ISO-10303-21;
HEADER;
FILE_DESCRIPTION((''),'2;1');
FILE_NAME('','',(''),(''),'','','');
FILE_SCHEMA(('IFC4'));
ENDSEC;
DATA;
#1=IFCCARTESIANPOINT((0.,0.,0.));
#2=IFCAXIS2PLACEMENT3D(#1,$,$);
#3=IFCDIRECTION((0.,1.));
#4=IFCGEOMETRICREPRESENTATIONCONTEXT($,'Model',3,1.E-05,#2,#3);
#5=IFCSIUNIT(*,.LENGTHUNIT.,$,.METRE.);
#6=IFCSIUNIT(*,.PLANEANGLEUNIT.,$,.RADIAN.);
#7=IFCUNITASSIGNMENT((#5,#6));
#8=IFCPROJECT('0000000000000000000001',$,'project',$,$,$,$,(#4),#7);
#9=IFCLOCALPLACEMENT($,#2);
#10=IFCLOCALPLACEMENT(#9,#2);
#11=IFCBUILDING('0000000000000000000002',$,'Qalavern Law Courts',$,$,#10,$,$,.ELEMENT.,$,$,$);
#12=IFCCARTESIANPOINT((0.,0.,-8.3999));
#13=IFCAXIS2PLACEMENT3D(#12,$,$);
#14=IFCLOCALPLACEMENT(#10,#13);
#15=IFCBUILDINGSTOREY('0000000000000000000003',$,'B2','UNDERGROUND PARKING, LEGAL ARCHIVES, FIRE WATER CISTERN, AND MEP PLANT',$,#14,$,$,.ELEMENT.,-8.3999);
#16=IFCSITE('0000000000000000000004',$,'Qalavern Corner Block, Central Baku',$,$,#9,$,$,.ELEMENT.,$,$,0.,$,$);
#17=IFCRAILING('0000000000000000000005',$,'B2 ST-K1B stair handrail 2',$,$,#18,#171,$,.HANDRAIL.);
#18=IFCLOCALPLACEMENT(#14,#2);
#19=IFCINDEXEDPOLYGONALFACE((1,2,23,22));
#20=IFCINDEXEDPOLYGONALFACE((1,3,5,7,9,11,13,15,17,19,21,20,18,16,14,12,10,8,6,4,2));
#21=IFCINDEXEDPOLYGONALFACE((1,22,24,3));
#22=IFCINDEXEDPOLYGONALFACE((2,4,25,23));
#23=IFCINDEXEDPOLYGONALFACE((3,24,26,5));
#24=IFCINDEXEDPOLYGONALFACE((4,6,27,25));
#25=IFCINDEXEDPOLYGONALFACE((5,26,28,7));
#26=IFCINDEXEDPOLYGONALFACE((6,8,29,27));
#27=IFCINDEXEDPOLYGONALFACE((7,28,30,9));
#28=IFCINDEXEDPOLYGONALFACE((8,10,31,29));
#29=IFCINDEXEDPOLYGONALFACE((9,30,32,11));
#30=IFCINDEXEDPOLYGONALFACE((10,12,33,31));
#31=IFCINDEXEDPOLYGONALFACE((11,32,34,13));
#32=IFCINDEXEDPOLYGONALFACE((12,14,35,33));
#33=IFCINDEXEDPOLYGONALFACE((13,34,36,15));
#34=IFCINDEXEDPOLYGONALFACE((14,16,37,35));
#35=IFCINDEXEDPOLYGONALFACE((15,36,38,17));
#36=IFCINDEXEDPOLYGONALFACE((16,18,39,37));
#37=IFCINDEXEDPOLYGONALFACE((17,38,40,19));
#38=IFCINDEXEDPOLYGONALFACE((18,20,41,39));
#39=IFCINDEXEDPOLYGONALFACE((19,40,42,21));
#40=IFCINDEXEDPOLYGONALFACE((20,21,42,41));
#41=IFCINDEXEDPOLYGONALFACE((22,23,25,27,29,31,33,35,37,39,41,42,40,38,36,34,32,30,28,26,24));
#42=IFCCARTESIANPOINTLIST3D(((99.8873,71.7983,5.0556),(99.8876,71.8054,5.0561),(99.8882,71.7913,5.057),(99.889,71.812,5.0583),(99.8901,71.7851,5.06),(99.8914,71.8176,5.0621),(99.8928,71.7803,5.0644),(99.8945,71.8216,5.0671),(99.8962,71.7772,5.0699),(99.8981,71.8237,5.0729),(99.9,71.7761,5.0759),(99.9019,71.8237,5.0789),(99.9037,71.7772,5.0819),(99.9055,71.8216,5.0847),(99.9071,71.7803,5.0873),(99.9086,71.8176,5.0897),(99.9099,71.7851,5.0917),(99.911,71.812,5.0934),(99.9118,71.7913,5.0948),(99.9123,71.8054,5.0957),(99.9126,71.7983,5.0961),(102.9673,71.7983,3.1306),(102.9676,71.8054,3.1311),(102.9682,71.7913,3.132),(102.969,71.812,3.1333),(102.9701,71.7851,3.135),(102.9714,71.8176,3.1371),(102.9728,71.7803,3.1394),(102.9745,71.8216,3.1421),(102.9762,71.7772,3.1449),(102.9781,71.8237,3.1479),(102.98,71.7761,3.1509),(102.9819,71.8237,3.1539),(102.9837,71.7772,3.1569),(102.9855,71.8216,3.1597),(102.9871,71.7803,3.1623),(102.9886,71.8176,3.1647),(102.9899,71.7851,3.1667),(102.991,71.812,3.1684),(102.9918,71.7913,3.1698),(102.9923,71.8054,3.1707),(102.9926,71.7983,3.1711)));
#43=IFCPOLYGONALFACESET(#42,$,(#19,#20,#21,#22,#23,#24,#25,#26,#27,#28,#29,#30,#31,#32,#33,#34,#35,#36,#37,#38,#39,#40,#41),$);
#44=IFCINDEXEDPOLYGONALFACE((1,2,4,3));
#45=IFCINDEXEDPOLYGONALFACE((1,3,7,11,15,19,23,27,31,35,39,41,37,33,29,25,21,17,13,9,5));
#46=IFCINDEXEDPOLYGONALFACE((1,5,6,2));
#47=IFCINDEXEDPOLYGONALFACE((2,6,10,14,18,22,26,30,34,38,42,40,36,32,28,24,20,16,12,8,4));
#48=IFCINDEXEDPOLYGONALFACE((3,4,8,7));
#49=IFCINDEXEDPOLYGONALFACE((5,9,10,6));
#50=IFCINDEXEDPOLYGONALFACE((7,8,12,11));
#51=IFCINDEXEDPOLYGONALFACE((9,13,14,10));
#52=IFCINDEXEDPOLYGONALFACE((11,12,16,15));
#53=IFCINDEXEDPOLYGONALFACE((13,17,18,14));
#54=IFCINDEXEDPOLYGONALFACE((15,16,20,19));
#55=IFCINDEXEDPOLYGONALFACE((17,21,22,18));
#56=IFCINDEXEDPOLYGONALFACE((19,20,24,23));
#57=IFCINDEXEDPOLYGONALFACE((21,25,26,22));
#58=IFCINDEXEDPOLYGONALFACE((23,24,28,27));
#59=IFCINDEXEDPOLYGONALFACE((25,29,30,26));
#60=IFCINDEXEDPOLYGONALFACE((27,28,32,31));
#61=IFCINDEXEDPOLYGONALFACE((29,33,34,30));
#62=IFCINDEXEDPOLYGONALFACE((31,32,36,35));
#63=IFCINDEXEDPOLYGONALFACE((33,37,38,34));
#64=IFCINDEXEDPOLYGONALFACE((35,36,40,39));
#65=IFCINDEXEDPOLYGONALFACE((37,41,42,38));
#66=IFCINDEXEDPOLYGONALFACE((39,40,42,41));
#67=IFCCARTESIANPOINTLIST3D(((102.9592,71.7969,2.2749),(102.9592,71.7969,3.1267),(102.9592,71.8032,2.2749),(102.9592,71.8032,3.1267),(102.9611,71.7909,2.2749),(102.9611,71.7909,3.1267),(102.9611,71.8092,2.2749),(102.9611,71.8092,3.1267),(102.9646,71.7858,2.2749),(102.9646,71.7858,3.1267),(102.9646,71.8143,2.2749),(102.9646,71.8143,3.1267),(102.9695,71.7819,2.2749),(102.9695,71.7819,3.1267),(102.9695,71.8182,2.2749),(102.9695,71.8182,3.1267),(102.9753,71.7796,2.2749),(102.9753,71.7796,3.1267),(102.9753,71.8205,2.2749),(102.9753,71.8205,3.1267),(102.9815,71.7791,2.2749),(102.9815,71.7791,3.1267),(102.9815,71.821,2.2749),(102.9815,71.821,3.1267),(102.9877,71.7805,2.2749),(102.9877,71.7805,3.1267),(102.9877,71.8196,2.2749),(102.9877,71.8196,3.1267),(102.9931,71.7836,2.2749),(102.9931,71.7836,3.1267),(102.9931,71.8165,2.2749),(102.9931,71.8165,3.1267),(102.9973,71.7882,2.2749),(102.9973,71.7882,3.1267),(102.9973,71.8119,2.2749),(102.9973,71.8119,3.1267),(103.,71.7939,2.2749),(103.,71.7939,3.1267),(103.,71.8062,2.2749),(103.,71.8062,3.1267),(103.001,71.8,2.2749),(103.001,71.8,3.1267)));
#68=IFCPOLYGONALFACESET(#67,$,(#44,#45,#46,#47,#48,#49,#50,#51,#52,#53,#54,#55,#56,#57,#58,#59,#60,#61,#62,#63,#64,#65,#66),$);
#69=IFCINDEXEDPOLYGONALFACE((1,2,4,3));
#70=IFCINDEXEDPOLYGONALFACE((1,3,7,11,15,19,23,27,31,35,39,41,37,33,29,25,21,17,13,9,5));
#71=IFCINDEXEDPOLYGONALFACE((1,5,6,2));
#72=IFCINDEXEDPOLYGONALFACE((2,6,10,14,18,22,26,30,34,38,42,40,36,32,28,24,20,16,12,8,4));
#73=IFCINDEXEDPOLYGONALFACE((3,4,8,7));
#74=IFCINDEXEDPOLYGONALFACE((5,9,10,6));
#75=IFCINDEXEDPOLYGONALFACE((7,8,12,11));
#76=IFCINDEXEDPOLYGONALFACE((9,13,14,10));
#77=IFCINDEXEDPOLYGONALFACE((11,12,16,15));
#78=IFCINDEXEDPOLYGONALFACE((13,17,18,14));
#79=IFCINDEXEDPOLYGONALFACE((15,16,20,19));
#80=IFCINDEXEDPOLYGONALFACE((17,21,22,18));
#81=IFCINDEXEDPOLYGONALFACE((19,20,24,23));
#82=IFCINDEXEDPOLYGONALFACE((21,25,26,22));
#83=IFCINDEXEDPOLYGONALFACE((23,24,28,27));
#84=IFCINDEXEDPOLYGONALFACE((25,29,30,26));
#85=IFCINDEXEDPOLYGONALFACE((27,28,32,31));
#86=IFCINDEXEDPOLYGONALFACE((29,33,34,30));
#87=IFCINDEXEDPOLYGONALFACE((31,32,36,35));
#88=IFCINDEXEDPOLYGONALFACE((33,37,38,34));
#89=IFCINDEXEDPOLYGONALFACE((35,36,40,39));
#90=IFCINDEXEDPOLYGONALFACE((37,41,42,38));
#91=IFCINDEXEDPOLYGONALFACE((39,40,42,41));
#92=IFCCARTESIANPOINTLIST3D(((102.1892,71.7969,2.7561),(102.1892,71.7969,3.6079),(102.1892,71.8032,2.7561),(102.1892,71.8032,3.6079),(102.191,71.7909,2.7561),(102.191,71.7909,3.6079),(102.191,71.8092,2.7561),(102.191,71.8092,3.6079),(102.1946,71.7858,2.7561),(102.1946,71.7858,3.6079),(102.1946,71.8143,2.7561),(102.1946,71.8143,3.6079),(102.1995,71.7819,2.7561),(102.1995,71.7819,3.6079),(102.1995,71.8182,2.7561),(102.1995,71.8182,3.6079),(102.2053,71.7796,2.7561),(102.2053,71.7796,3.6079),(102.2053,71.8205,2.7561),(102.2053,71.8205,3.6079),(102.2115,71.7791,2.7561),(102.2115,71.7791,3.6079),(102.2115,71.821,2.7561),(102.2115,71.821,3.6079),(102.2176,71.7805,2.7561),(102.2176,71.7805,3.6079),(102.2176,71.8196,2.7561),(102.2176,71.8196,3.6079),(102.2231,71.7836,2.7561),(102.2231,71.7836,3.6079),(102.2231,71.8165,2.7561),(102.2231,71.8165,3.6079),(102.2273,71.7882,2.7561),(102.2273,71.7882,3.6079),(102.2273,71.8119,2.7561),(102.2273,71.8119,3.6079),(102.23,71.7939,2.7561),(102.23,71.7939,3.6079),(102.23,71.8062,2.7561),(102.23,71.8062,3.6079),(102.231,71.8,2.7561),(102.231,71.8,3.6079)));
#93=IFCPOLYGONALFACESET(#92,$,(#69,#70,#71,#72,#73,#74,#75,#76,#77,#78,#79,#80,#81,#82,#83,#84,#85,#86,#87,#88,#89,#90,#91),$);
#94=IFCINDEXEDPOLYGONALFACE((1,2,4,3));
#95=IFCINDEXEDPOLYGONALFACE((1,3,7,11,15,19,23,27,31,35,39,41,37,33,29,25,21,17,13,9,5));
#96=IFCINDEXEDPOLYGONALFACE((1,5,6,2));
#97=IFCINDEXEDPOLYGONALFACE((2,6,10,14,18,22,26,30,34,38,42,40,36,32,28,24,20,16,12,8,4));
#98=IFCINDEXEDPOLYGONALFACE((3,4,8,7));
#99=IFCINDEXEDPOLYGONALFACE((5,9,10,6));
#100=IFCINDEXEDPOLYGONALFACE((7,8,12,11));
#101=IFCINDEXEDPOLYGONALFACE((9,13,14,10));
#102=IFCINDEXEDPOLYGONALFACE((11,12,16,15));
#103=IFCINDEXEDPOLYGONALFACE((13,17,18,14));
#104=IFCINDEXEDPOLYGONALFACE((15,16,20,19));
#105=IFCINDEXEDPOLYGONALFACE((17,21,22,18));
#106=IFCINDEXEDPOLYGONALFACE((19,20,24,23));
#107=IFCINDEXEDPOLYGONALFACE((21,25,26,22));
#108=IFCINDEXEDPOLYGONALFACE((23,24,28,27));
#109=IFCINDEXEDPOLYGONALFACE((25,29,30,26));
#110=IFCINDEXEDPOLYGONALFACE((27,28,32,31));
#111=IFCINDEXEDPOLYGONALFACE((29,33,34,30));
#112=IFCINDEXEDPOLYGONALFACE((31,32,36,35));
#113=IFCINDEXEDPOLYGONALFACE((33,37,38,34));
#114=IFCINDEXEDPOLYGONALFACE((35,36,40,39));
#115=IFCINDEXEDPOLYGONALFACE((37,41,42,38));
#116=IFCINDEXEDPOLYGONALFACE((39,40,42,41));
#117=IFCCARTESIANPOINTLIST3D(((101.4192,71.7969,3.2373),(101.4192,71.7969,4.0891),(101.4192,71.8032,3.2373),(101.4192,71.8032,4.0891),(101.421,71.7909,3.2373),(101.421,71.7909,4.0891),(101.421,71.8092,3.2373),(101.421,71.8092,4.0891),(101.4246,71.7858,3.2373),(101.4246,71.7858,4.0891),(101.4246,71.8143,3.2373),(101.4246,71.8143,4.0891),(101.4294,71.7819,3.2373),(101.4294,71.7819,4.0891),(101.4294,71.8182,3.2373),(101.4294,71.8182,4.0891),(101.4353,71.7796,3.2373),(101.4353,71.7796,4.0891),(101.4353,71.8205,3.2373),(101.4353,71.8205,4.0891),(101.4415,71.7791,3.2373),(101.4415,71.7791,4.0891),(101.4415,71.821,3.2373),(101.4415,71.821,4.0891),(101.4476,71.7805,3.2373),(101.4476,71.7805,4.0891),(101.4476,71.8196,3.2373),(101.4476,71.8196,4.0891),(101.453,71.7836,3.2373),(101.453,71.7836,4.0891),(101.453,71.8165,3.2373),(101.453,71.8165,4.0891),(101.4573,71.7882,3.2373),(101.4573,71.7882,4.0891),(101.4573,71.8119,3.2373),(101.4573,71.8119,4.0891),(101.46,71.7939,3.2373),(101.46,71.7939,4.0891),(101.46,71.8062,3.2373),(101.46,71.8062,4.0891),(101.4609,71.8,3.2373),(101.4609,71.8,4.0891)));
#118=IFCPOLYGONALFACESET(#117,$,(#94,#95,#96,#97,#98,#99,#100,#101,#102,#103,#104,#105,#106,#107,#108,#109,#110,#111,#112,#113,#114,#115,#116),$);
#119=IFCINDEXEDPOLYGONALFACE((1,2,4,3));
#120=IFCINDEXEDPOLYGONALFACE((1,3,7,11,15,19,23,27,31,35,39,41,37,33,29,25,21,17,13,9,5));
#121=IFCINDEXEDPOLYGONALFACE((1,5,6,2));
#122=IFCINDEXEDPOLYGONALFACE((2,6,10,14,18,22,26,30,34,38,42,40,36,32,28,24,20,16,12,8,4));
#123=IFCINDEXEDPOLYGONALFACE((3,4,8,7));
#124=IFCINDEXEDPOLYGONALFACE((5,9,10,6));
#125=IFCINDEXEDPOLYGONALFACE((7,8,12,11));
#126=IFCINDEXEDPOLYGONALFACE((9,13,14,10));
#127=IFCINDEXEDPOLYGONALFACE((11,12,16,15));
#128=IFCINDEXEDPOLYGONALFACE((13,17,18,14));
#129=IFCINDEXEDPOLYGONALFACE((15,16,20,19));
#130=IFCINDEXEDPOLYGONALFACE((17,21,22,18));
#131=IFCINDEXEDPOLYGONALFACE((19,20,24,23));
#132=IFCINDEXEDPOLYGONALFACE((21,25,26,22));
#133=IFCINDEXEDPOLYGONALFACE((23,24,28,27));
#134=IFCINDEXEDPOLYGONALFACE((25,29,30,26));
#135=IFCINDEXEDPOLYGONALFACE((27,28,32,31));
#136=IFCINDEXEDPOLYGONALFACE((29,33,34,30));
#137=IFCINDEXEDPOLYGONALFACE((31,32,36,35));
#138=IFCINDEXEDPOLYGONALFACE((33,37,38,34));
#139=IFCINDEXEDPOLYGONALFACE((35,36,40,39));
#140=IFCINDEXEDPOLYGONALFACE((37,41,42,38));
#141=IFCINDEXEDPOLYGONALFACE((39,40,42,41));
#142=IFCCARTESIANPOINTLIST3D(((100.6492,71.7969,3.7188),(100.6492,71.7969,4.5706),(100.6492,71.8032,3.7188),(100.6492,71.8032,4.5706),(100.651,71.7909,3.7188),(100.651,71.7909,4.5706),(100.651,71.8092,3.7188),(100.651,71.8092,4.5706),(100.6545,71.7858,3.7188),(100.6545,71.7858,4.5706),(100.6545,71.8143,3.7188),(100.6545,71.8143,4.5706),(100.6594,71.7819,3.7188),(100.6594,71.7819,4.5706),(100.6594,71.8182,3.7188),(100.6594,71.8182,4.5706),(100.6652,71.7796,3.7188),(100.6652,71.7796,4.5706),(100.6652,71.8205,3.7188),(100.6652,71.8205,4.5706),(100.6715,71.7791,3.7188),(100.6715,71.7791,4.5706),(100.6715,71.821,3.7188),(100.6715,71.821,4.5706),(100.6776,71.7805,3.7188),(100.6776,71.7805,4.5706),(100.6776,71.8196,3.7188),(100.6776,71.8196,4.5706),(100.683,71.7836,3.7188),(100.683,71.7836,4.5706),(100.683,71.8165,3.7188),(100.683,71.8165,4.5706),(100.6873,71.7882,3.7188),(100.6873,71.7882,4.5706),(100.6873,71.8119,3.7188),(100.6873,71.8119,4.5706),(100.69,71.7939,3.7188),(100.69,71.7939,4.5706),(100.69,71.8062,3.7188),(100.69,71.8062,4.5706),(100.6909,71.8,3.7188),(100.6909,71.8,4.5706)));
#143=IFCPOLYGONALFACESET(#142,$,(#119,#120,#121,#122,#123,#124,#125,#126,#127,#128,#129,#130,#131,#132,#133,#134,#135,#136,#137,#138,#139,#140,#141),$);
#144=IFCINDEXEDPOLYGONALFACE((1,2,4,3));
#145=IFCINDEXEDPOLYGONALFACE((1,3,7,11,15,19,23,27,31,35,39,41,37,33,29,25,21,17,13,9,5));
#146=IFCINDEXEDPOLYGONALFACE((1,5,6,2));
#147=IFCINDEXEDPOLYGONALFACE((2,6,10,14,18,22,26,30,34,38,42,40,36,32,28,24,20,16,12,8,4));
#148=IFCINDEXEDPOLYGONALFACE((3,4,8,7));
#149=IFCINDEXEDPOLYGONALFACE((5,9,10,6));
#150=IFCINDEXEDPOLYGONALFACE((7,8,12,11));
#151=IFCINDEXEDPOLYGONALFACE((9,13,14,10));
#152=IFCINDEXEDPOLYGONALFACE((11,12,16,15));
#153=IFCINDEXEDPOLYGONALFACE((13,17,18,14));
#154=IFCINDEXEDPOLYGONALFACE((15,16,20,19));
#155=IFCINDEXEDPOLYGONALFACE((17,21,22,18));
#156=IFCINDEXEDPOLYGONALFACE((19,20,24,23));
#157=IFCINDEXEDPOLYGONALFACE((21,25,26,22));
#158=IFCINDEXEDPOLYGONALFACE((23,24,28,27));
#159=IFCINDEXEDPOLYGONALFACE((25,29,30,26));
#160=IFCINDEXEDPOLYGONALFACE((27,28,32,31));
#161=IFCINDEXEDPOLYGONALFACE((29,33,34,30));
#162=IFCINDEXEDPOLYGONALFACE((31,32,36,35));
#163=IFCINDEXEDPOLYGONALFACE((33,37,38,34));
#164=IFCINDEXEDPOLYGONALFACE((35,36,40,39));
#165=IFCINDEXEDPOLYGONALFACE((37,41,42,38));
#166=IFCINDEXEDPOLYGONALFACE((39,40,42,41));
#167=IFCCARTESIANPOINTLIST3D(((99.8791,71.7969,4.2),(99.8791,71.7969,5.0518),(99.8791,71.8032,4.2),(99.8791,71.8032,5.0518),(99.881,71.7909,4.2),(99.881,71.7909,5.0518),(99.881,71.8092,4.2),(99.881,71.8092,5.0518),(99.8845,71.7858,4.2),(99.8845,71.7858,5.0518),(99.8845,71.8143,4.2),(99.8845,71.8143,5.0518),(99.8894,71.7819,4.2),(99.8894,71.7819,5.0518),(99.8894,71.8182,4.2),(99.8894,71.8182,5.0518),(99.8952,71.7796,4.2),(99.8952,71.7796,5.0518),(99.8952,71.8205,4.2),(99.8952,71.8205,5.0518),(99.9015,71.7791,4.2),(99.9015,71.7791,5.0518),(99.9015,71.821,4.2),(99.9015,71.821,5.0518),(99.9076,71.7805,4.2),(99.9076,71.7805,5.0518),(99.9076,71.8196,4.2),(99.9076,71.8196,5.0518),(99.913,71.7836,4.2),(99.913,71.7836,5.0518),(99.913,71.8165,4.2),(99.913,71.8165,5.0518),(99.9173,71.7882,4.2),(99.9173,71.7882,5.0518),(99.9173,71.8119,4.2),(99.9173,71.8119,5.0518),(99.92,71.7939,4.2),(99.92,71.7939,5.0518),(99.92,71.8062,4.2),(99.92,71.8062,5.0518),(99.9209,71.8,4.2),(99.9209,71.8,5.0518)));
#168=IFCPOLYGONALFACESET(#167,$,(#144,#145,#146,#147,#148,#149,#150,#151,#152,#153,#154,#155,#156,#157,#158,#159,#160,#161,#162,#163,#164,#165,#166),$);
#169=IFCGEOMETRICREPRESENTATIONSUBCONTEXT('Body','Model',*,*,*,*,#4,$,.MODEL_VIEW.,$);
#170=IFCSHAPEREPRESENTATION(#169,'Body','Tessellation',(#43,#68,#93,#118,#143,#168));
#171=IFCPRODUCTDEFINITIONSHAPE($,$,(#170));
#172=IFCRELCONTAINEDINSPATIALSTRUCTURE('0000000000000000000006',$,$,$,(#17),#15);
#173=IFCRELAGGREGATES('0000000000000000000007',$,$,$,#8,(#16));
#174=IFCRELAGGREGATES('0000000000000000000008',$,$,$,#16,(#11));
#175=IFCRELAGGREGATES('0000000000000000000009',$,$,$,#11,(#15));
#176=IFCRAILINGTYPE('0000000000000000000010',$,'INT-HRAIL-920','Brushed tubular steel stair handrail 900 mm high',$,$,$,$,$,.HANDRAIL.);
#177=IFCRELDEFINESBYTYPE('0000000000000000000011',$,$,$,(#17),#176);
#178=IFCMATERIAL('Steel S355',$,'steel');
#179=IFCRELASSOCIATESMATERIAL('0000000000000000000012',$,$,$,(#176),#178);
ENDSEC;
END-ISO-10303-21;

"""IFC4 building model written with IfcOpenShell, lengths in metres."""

from ifc_helpers import new_model, si_unit, direction, frame, origin, origin_2d, place, context, subcontext, project, spatial, circle, extrude, material, type_object, element, save


model = new_model("IFC4")

# Units and contexts
model_context = context("Model", 3, precision=1e-05, world=origin(), true_north=direction((0.0, 1.0)))
body_context = subcontext(model_context, "Body", "Model", "MODEL_VIEW")
ifc_project = project(units=[si_unit("LENGTHUNIT", "METRE"), si_unit("PLANEANGLEUNIT", "RADIAN")], contexts=[model_context])

# Site, building, storey
site_placement = place(None, origin())
site = spatial("IfcSite", under=ifc_project, at=site_placement, Name="Qalavern Corner Block, Central Baku", CompositionType="ELEMENT", RefElevation=0.0)
building_placement = place(site_placement, origin())
building = spatial("IfcBuilding", under=site, at=building_placement, Name="Qalavern Law Courts", CompositionType="ELEMENT")
storey_placement = place(building_placement, frame((0.0, 0.0, -8.3999)))
storey = spatial("IfcBuildingStorey", under=building, at=storey_placement, Name="B2", Description="UNDERGROUND PARKING, LEGAL ARCHIVES, FIRE WATER CISTERN, AND MEP PLANT", CompositionType="ELEMENT", Elevation=-8.3999)

# Railing
ifc_material_1 = material(Name="Steel S355", Category="steel")
railing_type_1 = type_object("IfcRailingType", Name="INT-HRAIL-920", Description="Brushed tubular steel stair handrail 900 mm high", PredefinedType="HANDRAIL", material=ifc_material_1)
for number, where, name in (
    (1, (102.98, 71.8, 2.2749), "B2 ST-K1B stair handrail 2"),
):
    element("IfcRailing", number, at=place(storey_placement, frame(where)), inside=storey, type_object=railing_type_1, Name=name, PredefinedType="HANDRAIL", context=body_context, shape_type="SweptSolid", body=[
        extrude(circle(Radius=0.0239, at=origin_2d()), frame((0.0, 0.0, 0.876), z_axis=(-0.847998, 0.0, 0.529999), x_axis=(0.0, -1.0, 0.0)), (0.0, 0.0, 1.0), 3.6321),
        extrude(circle(Radius=0.021, at=origin_2d()), origin(), (0.0, 0.0, 1.0), 0.8518),
        extrude(circle(Radius=0.021, at=origin_2d()), frame((-0.77, 0.0, 0.4812)), (0.0, 0.0, 1.0), 0.8518),
        extrude(circle(Radius=0.021, at=origin_2d()), frame((-1.54, 0.0, 0.9624)), (0.0, 0.0, 1.0), 0.8518),
        extrude(circle(Radius=0.021, at=origin_2d()), frame((-2.3101, 0.0, 1.4438)), (0.0, 0.0, 1.0), 0.8518),
        extrude(circle(Radius=0.021, at=origin_2d()), frame((-3.0801, 0.0, 1.925)), (0.0, 0.0, 1.0), 0.8518),
    ])

save(model, "model.ifc")
